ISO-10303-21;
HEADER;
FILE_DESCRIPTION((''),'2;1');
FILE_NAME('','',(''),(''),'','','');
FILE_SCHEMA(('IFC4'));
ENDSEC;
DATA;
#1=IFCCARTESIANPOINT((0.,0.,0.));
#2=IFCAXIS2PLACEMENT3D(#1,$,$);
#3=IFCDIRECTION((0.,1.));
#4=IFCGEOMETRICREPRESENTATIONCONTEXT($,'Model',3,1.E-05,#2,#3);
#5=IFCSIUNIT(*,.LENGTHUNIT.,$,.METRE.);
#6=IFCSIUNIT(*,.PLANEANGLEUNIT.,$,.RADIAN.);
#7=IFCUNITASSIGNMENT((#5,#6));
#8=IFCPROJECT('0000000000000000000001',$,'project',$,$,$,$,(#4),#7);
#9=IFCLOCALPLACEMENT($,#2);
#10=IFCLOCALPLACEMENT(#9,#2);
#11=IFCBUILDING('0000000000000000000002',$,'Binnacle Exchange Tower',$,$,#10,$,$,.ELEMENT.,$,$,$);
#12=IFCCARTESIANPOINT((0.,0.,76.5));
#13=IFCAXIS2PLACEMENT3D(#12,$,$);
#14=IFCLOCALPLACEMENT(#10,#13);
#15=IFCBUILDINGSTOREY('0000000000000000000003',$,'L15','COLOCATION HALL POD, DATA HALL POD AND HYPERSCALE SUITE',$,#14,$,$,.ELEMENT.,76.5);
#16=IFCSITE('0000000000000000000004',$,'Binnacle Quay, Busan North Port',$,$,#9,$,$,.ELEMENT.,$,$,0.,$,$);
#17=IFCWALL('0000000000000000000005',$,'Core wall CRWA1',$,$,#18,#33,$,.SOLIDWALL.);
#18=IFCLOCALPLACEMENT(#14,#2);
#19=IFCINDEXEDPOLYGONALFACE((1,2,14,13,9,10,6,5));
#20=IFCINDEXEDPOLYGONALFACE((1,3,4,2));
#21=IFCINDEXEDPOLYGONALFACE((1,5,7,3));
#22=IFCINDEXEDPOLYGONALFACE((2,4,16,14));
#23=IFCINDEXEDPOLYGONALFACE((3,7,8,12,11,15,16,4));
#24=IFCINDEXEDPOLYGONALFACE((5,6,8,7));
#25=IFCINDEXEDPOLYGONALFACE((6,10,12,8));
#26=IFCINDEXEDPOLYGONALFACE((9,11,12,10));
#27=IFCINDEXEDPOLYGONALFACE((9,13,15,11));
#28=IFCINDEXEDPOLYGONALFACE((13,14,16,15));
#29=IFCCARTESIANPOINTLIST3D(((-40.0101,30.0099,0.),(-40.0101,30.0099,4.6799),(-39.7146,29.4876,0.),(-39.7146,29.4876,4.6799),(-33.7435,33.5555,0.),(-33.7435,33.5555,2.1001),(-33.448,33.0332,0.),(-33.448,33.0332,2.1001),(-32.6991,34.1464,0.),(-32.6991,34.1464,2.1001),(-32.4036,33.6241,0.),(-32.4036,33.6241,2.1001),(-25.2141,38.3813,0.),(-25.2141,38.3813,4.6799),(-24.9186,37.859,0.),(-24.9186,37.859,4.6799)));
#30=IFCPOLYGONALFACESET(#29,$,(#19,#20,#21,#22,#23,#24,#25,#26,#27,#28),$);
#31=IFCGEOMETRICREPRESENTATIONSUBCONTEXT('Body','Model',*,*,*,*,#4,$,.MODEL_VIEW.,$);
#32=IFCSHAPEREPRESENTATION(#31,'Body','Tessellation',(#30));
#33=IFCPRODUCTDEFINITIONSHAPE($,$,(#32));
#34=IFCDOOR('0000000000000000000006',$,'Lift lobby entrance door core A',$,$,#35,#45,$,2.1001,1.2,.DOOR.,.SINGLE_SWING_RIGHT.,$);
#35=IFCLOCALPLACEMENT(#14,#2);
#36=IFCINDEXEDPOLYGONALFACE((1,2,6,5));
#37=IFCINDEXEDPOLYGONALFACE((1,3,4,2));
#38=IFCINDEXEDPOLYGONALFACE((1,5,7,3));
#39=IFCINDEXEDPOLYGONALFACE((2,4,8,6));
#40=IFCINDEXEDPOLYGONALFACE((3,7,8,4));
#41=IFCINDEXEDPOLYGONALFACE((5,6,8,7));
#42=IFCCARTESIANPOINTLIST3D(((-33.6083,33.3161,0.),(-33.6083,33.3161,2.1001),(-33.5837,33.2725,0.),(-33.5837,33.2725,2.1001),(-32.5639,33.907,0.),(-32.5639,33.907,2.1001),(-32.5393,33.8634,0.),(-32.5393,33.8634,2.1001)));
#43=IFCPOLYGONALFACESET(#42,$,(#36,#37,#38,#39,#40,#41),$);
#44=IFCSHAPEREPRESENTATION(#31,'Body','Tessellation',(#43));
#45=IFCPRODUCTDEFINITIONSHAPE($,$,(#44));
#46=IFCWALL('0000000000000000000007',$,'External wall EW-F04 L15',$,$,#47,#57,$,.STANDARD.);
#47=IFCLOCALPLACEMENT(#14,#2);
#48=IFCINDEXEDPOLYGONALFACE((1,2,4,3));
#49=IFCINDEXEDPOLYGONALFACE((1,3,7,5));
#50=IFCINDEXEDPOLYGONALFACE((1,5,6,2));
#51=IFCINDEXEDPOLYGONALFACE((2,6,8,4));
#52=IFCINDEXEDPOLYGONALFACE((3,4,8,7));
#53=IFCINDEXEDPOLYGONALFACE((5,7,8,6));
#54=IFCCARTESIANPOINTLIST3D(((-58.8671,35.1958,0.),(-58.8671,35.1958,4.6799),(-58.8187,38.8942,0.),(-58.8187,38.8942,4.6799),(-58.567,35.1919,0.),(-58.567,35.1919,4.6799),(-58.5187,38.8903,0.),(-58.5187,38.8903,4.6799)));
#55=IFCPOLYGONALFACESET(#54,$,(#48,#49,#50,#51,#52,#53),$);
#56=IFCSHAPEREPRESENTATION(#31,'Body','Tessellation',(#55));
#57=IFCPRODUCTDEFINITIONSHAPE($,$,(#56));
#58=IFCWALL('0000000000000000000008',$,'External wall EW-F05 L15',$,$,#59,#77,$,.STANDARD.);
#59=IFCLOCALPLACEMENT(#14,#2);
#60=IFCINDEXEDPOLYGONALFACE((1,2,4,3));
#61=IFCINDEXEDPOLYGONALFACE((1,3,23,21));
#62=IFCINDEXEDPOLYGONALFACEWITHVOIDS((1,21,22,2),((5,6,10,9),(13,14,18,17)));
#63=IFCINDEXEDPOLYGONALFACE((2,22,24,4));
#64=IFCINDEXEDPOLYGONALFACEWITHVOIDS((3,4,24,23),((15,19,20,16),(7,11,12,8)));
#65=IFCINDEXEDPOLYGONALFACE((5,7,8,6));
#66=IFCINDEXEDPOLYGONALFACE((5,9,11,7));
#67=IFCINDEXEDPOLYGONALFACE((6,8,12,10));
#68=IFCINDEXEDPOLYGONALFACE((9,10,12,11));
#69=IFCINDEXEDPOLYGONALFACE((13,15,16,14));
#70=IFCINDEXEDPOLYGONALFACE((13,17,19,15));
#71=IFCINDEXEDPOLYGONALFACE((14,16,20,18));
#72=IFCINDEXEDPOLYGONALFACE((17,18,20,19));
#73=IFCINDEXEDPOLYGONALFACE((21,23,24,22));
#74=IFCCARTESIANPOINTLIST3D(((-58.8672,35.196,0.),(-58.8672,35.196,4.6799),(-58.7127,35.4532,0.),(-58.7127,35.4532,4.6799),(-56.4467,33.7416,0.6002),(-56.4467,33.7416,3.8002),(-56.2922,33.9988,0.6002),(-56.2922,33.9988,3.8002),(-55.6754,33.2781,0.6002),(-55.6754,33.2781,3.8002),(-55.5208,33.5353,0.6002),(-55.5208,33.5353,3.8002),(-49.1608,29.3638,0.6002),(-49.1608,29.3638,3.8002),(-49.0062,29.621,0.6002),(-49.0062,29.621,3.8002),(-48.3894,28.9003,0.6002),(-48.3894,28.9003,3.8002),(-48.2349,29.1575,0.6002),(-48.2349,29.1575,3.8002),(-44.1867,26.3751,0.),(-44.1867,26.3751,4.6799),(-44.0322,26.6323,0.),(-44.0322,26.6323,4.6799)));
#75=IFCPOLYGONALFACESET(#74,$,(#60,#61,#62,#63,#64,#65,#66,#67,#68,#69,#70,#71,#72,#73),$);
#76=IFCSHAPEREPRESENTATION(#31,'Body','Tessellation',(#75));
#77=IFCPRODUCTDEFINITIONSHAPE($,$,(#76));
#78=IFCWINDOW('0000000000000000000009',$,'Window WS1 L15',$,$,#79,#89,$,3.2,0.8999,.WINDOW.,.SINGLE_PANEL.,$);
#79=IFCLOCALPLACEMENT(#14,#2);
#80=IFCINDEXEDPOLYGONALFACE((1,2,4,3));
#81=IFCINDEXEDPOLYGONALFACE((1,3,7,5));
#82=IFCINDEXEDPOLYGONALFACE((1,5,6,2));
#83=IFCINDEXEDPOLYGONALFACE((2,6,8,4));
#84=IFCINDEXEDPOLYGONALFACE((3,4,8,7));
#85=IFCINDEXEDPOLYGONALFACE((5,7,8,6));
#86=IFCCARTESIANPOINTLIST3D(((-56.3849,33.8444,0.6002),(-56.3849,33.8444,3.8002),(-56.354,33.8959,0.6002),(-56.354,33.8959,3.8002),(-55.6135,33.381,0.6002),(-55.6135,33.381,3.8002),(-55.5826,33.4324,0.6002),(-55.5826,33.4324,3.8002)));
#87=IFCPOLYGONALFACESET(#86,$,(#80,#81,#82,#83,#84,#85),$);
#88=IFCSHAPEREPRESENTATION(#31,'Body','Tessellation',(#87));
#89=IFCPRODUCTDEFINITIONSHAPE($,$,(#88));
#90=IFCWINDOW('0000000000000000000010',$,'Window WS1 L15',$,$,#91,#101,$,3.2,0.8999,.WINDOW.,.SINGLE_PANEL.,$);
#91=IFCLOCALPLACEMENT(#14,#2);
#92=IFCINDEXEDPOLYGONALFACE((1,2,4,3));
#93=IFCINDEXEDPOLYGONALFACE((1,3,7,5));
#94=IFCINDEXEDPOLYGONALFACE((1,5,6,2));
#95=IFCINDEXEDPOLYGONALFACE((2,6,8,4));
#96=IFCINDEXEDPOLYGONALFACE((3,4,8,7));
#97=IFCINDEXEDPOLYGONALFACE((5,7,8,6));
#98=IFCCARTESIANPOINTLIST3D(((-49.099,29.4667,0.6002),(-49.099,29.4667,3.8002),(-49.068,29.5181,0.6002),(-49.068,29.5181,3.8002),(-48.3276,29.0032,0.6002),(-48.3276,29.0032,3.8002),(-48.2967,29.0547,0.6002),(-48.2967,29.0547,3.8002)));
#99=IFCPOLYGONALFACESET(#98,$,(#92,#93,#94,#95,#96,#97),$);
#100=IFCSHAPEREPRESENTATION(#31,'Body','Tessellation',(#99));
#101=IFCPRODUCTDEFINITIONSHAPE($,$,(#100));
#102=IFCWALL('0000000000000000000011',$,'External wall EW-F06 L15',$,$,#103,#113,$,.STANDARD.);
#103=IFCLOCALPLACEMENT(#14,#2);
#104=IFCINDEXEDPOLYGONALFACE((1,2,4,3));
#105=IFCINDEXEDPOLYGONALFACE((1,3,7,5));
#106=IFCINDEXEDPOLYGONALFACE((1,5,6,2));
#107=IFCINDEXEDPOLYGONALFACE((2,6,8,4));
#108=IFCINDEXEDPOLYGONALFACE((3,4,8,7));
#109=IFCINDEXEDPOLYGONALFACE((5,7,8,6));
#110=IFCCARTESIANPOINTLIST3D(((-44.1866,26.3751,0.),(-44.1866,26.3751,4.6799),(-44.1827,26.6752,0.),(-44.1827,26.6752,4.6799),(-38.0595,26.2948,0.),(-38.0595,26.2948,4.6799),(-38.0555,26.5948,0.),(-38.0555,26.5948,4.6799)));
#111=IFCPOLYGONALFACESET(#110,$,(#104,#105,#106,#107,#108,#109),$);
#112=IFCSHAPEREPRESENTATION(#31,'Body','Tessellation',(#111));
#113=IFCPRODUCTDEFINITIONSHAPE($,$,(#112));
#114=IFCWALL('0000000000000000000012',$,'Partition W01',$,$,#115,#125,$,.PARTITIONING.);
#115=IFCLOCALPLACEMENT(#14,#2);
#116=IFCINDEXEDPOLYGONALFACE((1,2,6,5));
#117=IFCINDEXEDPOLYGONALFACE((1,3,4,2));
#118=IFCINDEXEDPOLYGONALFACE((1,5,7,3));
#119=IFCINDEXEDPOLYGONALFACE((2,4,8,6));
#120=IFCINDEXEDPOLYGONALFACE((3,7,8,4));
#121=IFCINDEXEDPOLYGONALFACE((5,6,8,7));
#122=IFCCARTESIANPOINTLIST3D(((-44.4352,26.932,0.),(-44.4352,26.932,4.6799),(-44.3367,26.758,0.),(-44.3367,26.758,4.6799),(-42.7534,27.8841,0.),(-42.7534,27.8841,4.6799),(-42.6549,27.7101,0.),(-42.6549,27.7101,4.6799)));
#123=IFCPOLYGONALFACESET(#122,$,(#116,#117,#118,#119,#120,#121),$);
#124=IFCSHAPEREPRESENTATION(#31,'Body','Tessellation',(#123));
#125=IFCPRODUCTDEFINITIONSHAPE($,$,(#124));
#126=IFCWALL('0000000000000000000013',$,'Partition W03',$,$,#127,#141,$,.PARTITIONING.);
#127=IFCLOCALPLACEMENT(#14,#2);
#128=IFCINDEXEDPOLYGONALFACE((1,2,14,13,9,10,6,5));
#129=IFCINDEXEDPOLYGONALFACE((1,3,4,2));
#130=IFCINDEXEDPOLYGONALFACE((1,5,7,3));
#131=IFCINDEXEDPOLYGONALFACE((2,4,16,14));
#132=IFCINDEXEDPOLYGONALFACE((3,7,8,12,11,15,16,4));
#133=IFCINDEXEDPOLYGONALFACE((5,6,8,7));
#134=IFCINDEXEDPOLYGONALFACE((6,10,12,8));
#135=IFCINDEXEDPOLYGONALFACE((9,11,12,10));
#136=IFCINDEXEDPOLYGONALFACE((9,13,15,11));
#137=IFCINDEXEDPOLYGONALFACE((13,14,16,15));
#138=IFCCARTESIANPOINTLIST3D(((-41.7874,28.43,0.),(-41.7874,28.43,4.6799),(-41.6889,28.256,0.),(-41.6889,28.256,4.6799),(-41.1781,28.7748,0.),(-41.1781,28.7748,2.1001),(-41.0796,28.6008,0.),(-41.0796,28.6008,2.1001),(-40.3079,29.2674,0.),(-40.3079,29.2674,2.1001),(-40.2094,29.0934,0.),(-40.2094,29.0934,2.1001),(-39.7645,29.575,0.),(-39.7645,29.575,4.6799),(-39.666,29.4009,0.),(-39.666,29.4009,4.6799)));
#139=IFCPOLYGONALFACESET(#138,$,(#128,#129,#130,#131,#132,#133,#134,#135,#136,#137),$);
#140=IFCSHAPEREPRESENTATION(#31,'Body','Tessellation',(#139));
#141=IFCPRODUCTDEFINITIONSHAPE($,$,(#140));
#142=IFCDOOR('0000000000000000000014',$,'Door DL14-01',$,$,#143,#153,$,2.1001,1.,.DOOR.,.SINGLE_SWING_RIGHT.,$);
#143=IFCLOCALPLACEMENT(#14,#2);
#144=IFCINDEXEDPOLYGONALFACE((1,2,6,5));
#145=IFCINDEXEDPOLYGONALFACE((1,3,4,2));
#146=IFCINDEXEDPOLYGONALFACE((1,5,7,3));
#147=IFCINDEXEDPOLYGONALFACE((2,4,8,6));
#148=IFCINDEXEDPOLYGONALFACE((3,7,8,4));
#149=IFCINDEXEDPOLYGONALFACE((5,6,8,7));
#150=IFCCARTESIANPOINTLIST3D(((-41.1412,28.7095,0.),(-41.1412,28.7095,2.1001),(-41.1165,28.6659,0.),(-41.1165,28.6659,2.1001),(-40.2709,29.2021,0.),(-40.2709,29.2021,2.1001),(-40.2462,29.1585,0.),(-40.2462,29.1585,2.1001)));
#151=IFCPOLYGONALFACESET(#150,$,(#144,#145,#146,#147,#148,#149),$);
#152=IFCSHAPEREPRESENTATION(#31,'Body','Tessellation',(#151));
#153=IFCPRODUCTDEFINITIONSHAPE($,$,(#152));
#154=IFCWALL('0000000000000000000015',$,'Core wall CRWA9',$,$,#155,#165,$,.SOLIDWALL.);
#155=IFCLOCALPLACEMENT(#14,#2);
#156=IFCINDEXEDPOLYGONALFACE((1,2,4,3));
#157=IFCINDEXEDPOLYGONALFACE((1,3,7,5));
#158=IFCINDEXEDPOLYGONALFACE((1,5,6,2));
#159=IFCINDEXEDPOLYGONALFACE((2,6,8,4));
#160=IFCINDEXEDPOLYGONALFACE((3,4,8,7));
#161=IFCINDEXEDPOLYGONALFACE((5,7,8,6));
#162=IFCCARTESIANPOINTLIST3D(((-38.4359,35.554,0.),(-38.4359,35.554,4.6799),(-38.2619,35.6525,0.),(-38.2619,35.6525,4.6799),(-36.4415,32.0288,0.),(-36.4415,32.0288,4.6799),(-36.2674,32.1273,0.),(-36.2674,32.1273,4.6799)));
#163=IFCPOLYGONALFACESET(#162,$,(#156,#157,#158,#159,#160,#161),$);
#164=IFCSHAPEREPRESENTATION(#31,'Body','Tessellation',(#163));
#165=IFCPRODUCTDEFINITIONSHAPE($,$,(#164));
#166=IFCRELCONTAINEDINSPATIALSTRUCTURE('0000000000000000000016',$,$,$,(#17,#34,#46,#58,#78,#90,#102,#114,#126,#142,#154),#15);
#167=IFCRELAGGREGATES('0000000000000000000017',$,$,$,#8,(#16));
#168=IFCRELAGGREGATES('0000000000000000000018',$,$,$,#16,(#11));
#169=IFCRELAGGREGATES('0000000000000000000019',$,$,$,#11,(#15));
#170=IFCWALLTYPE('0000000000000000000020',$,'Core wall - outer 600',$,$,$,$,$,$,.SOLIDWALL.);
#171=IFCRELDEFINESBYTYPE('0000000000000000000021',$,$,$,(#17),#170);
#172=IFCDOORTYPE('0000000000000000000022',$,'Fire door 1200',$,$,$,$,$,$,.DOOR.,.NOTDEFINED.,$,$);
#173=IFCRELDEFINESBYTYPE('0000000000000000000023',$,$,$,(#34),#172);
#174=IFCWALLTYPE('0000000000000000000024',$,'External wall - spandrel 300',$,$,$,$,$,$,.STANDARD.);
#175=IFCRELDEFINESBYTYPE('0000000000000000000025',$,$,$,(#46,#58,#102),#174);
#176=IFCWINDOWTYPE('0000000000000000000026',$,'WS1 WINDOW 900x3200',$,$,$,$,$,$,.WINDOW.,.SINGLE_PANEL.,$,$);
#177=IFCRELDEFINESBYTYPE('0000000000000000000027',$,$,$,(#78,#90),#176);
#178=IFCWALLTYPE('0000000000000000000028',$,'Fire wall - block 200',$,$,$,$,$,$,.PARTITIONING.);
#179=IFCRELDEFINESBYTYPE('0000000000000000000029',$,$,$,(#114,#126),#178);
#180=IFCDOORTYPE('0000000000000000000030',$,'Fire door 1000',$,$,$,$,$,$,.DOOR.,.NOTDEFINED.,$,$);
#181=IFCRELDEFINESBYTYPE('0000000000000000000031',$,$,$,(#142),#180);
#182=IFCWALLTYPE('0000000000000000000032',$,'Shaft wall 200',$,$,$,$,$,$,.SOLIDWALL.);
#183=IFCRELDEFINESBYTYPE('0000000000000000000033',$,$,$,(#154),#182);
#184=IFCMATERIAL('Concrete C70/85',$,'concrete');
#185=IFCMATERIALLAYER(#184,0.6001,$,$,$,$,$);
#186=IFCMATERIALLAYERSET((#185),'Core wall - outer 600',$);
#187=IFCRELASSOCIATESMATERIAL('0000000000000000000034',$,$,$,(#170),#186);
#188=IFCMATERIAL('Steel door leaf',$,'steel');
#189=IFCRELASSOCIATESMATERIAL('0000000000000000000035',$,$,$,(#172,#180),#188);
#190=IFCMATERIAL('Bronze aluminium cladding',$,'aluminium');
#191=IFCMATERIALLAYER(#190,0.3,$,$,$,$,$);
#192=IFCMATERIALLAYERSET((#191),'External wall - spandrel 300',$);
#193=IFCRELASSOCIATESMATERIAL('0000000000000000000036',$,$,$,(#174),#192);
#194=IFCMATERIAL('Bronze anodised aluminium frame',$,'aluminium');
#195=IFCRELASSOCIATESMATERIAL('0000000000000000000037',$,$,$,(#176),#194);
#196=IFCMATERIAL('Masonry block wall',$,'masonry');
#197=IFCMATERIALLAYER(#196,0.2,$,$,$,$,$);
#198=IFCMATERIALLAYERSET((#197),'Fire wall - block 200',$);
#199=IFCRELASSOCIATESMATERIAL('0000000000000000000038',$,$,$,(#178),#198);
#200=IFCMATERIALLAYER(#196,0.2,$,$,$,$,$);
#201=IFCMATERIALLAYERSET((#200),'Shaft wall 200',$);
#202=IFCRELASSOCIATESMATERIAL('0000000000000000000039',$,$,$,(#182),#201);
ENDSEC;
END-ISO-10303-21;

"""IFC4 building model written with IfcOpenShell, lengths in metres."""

from ifc_helpers import new_model, si_unit, direction, frame, frame_2d, origin, place, context, subcontext, project, spatial, rectangle, extrude, material, layer, layer_set, type_object, element, fill, save


model = new_model("IFC4")

# Units and contexts
model_context = context("Model", 3, precision=1e-05, world=origin(), true_north=direction((0.0, 1.0)))
body_context = subcontext(model_context, "Body", "Model", "MODEL_VIEW")
ifc_project = project(units=[si_unit("LENGTHUNIT", "METRE"), si_unit("PLANEANGLEUNIT", "RADIAN")], contexts=[model_context])

# Site, building, storey
site_placement = place(None, origin())
site = spatial("IfcSite", under=ifc_project, at=site_placement, Name="Binnacle Quay, Busan North Port", CompositionType="ELEMENT", RefElevation=0.0)
building_placement = place(site_placement, origin())
building = spatial("IfcBuilding", under=site, at=building_placement, Name="Binnacle Exchange Tower", CompositionType="ELEMENT")
storey_placement = place(building_placement, frame((0.0, 0.0, 76.5)))
storey = spatial("IfcBuildingStorey", under=building, at=storey_placement, Name="L15", Description="COLOCATION HALL POD, DATA HALL POD AND HYPERSCALE SUITE", CompositionType="ELEMENT", Elevation=76.5)

# Shared definitions
ifc_material_1 = material(Name="Concrete C70/85", Category="concrete")

# Shared definitions
ifc_material_2 = material(Name="Steel door leaf", Category="steel")

# Wall, opening, door
ifc_layer_1 = layer(ifc_material_1, 0.6001)
ifc_layer_set_1 = layer_set([ifc_layer_1], Name="Core wall - outer 600")
wall_type_1 = type_object("IfcWallType", Name="Core wall - outer 600", PredefinedType="SOLIDWALL", material=ifc_layer_set_1)
wall_1_placement = place(storey_placement, frame((-39.8623, 29.7488, 0.0), z_axis=(0.0, 0.0, 1.0), x_axis=(0.87035, 0.492433, 0.0)))
wall_1 = element("IfcWall", 1, at=wall_1_placement, inside=storey, type_object=wall_type_1, Name="Core wall CRWA1", PredefinedType="SOLIDWALL", context=body_context, shape_type="SweptSolid", body=[
    extrude(rectangle(XDim=17.0, YDim=0.6001, at=frame_2d((8.5, 0.0))), origin(), (0.0, 0.0, 1.0), 4.6799),
])
opening_1_placement = place(wall_1_placement, frame((7.2, 0.0, 0.0)))
opening_1 = element("IfcOpeningElement", 2, at=opening_1_placement, cuts=wall_1, PredefinedType="OPENING", context=body_context, shape_type="SweptSolid", body=[
    extrude(rectangle(XDim=1.2, YDim=2.1001, at=frame_2d((0.6001, 1.05))), frame((0.0, 0.3101, 0.0), z_axis=(0.0, -1.0, 0.0), x_axis=(1.0, 0.0, 0.0)), (0.0, 0.0, 1.0), 0.6201),
])
door_type_1 = type_object("IfcDoorType", Name="Fire door 1200", OperationType="NOTDEFINED", PredefinedType="DOOR", material=ifc_material_2)
door_1_placement = place(opening_1_placement, frame((1.2, 0.0, 0.0), z_axis=(0.0, 0.0, 1.0), x_axis=(-1.0, 0.0, 0.0)))
door_1 = element("IfcDoor", 3, at=door_1_placement, inside=storey, type_object=door_type_1, Name="Lift lobby entrance door core A", OperationType="SINGLE_SWING_RIGHT", OverallHeight=2.1001, OverallWidth=1.2, PredefinedType="DOOR", context=body_context, shape_type="SweptSolid", body=[
    extrude(rectangle(XDim=1.2, YDim=2.1001, at=frame_2d((0.6001, 1.05))), frame((0.0, 0.0249, 0.0), z_axis=(0.0, -1.0, 0.0), x_axis=(1.0, 0.0, 0.0)), (0.0, 0.0, 1.0), 0.05),
])
fill(opening_1, door_1)

# Wall
ifc_material_3 = material(Name="Bronze aluminium cladding", Category="aluminium")
ifc_layer_2 = layer(ifc_material_3, 0.3)
ifc_layer_set_2 = layer_set([ifc_layer_2], Name="External wall - spandrel 300")
wall_type_2 = type_object("IfcWallType", Name="External wall - spandrel 300", PredefinedType="STANDARD", material=ifc_layer_set_2)
wall_2_placement = place(storey_placement, frame((-58.717, 35.1938, 0.0), z_axis=(0.0, 0.0, 1.0), x_axis=(0.013069, 0.999915, 0.0)))
element("IfcWall", 4, at=wall_2_placement, inside=storey, type_object=wall_type_2, Name="External wall EW-F04 L15", PredefinedType="STANDARD", context=body_context, shape_type="SweptSolid", body=[
    extrude(rectangle(XDim=3.6987, YDim=0.3, at=frame_2d((1.8494, 0.0))), origin(), (0.0, 0.0, 1.0), 4.6799),
])

# Wall, openings, windows
wall_3_placement = place(storey_placement, frame((-44.1094, 26.5037, 0.0), z_axis=(0.0, 0.0, 1.0), x_axis=(-0.85717, 0.515034, 0.0)))
wall_3 = element("IfcWall", 5, at=wall_3_placement, inside=storey, type_object=wall_type_2, Name="External wall EW-F05 L15", PredefinedType="STANDARD", context=body_context, shape_type="SweptSolid", body=[
    extrude(rectangle(XDim=17.1267, YDim=0.3, at=frame_2d((8.5635, 0.0))), origin(), (0.0, 0.0, 1.0), 4.6799),
])
opening_2_placement = place(wall_3_placement, frame((13.4031, 0.0, 0.6001)))
opening_2 = element("IfcOpeningElement", 6, at=opening_2_placement, cuts=wall_3, PredefinedType="OPENING", context=body_context, shape_type="SweptSolid", body=[
    extrude(rectangle(XDim=0.8999, YDim=3.2, at=frame_2d((0.45, 1.6001))), frame((0.0, 0.1599, 0.0), z_axis=(0.0, -1.0, 0.0), x_axis=(1.0, 0.0, 0.0)), (0.0, 0.0, 1.0), 0.3201),
])
opening_3_placement = place(wall_3_placement, frame((4.9031, 0.0, 0.6001)))
opening_3 = element("IfcOpeningElement", 7, at=opening_3_placement, cuts=wall_3, PredefinedType="OPENING", context=body_context, shape_type="SweptSolid", body=[
    extrude(rectangle(XDim=0.8999, YDim=3.2, at=frame_2d((0.45, 1.6001))), frame((0.0, 0.1599, 0.0), z_axis=(0.0, -1.0, 0.0), x_axis=(1.0, 0.0, 0.0)), (0.0, 0.0, 1.0), 0.3201),
])
ifc_material_4 = material(Name="Bronze anodised aluminium frame", Category="aluminium")
window_type = type_object("IfcWindowType", Name="WS1 WINDOW 900x3200", PartitioningType="SINGLE_PANEL", PredefinedType="WINDOW", material=ifc_material_4)
window_1_placement = place(opening_2_placement, origin())
window_1 = element("IfcWindow", 8, at=window_1_placement, inside=storey, type_object=window_type, Name="Window WS1 L15", OverallHeight=3.2, OverallWidth=0.8999, PartitioningType="SINGLE_PANEL", PredefinedType="WINDOW", context=body_context, shape_type="SweptSolid", body=[
    extrude(rectangle(XDim=0.8999, YDim=3.2, at=frame_2d((0.45, 1.6001))), frame((0.0, 0.03, 0.0), z_axis=(0.0, -1.0, 0.0), x_axis=(1.0, 0.0, 0.0)), (0.0, 0.0, 1.0), 0.0601),
])
fill(opening_2, window_1)
window_2_placement = place(opening_3_placement, origin())
window_2 = element("IfcWindow", 9, at=window_2_placement, inside=storey, type_object=window_type, Name="Window WS1 L15", OverallHeight=3.2, OverallWidth=0.8999, PartitioningType="SINGLE_PANEL", PredefinedType="WINDOW", context=body_context, shape_type="SweptSolid", body=[
    extrude(rectangle(XDim=0.8999, YDim=3.2, at=frame_2d((0.45, 1.6001))), frame((0.0, 0.03, 0.0), z_axis=(0.0, -1.0, 0.0), x_axis=(1.0, 0.0, 0.0)), (0.0, 0.0, 1.0), 0.0601),
])
fill(opening_3, window_2)

# Walls
wall_4_placement = place(storey_placement, frame((-38.0574, 26.4448, 0.0), z_axis=(0.0, 0.0, 1.0), x_axis=(-0.999914, 0.013108, 0.0)))
element("IfcWall", 10, at=wall_4_placement, inside=storey, type_object=wall_type_2, Name="External wall EW-F06 L15", PredefinedType="STANDARD", context=body_context, shape_type="SweptSolid", body=[
    extrude(rectangle(XDim=6.1277, YDim=0.3, at=frame_2d((3.064, 0.0))), origin(), (0.0, 0.0, 1.0), 4.6799),
])
ifc_material_5 = material(Name="Masonry block wall", Category="masonry")
ifc_layer_3 = layer(ifc_material_5, 0.2)
ifc_layer_set_3 = layer_set([ifc_layer_3], Name="Fire wall - block 200")
wall_type_3 = type_object("IfcWallType", Name="Fire wall - block 200", PredefinedType="PARTITIONING", material=ifc_layer_set_3)
wall_5_placement = place(storey_placement, frame((-44.386, 26.845, 0.0), z_axis=(0.0, 0.0, 1.0), x_axis=(0.870226, 0.492652, 0.0)))
element("IfcWall", 11, at=wall_5_placement, inside=storey, type_object=wall_type_3, Name="Partition W01", PredefinedType="PARTITIONING", context=body_context, shape_type="SweptSolid", body=[
    extrude(rectangle(XDim=1.9326, YDim=0.2, at=frame_2d((0.9663, 0.0))), origin(), (0.0, 0.0, 1.0), 4.6799),
])

# Wall, opening, door
wall_6_placement = place(storey_placement, frame((-41.738, 28.343, 0.0), z_axis=(0.0, 0.0, 1.0), x_axis=(0.870265, 0.492583, 0.0)))
wall_6 = element("IfcWall", 12, at=wall_6_placement, inside=storey, type_object=wall_type_3, Name="Partition W03", PredefinedType="PARTITIONING", context=body_context, shape_type="SweptSolid", body=[
    extrude(rectangle(XDim=2.3245, YDim=0.2, at=frame_2d((1.1621, 0.0))), origin(), (0.0, 0.0, 1.0), 4.6799),
])
opening_4_placement = place(wall_6_placement, frame((0.7, 0.0, 0.0)))
opening_4 = element("IfcOpeningElement", 13, at=opening_4_placement, cuts=wall_6, PredefinedType="OPENING", context=body_context, shape_type="SweptSolid", body=[
    extrude(rectangle(XDim=1.0, YDim=2.1001, at=frame_2d((0.5, 1.05))), frame((0.0, 0.1099, 0.0), z_axis=(0.0, -1.0, 0.0), x_axis=(1.0, 0.0, 0.0)), (0.0, 0.0, 1.0), 0.22),
])
door_type_2 = type_object("IfcDoorType", Name="Fire door 1000", OperationType="NOTDEFINED", PredefinedType="DOOR", material=ifc_material_2)
door_2_placement = place(opening_4_placement, origin())
door_2 = element("IfcDoor", 14, at=door_2_placement, inside=storey, type_object=door_type_2, Name="Door DL14-01", OperationType="SINGLE_SWING_RIGHT", OverallHeight=2.1001, OverallWidth=1.0, PredefinedType="DOOR", context=body_context, shape_type="SweptSolid", body=[
    extrude(rectangle(XDim=1.0, YDim=2.1001, at=frame_2d((0.5, 1.05))), frame((0.0, 0.0249, 0.0), z_axis=(0.0, -1.0, 0.0), x_axis=(1.0, 0.0, 0.0)), (0.0, 0.0, 1.0), 0.05),
])
fill(opening_4, door_2)

# Wall
ifc_layer_4 = layer(ifc_material_5, 0.2)
ifc_layer_set_4 = layer_set([ifc_layer_4], Name="Shaft wall 200")
wall_type_4 = type_object("IfcWallType", Name="Shaft wall 200", PredefinedType="SOLIDWALL", material=ifc_layer_set_4)
wall_7_placement = place(storey_placement, frame((-38.3489, 35.6033, 0.0), z_axis=(0.0, 0.0, 1.0), x_axis=(0.492415, -0.870361, 0.0)))
element("IfcWall", 15, at=wall_7_placement, inside=storey, type_object=wall_type_4, Name="Core wall CRWA9", PredefinedType="SOLIDWALL", context=body_context, shape_type="SweptSolid", body=[
    extrude(rectangle(XDim=4.0503, YDim=0.2, at=frame_2d((2.0251, 0.0))), origin(), (0.0, 0.0, 1.0), 4.6799),
])

save(model, "model.ifc")
